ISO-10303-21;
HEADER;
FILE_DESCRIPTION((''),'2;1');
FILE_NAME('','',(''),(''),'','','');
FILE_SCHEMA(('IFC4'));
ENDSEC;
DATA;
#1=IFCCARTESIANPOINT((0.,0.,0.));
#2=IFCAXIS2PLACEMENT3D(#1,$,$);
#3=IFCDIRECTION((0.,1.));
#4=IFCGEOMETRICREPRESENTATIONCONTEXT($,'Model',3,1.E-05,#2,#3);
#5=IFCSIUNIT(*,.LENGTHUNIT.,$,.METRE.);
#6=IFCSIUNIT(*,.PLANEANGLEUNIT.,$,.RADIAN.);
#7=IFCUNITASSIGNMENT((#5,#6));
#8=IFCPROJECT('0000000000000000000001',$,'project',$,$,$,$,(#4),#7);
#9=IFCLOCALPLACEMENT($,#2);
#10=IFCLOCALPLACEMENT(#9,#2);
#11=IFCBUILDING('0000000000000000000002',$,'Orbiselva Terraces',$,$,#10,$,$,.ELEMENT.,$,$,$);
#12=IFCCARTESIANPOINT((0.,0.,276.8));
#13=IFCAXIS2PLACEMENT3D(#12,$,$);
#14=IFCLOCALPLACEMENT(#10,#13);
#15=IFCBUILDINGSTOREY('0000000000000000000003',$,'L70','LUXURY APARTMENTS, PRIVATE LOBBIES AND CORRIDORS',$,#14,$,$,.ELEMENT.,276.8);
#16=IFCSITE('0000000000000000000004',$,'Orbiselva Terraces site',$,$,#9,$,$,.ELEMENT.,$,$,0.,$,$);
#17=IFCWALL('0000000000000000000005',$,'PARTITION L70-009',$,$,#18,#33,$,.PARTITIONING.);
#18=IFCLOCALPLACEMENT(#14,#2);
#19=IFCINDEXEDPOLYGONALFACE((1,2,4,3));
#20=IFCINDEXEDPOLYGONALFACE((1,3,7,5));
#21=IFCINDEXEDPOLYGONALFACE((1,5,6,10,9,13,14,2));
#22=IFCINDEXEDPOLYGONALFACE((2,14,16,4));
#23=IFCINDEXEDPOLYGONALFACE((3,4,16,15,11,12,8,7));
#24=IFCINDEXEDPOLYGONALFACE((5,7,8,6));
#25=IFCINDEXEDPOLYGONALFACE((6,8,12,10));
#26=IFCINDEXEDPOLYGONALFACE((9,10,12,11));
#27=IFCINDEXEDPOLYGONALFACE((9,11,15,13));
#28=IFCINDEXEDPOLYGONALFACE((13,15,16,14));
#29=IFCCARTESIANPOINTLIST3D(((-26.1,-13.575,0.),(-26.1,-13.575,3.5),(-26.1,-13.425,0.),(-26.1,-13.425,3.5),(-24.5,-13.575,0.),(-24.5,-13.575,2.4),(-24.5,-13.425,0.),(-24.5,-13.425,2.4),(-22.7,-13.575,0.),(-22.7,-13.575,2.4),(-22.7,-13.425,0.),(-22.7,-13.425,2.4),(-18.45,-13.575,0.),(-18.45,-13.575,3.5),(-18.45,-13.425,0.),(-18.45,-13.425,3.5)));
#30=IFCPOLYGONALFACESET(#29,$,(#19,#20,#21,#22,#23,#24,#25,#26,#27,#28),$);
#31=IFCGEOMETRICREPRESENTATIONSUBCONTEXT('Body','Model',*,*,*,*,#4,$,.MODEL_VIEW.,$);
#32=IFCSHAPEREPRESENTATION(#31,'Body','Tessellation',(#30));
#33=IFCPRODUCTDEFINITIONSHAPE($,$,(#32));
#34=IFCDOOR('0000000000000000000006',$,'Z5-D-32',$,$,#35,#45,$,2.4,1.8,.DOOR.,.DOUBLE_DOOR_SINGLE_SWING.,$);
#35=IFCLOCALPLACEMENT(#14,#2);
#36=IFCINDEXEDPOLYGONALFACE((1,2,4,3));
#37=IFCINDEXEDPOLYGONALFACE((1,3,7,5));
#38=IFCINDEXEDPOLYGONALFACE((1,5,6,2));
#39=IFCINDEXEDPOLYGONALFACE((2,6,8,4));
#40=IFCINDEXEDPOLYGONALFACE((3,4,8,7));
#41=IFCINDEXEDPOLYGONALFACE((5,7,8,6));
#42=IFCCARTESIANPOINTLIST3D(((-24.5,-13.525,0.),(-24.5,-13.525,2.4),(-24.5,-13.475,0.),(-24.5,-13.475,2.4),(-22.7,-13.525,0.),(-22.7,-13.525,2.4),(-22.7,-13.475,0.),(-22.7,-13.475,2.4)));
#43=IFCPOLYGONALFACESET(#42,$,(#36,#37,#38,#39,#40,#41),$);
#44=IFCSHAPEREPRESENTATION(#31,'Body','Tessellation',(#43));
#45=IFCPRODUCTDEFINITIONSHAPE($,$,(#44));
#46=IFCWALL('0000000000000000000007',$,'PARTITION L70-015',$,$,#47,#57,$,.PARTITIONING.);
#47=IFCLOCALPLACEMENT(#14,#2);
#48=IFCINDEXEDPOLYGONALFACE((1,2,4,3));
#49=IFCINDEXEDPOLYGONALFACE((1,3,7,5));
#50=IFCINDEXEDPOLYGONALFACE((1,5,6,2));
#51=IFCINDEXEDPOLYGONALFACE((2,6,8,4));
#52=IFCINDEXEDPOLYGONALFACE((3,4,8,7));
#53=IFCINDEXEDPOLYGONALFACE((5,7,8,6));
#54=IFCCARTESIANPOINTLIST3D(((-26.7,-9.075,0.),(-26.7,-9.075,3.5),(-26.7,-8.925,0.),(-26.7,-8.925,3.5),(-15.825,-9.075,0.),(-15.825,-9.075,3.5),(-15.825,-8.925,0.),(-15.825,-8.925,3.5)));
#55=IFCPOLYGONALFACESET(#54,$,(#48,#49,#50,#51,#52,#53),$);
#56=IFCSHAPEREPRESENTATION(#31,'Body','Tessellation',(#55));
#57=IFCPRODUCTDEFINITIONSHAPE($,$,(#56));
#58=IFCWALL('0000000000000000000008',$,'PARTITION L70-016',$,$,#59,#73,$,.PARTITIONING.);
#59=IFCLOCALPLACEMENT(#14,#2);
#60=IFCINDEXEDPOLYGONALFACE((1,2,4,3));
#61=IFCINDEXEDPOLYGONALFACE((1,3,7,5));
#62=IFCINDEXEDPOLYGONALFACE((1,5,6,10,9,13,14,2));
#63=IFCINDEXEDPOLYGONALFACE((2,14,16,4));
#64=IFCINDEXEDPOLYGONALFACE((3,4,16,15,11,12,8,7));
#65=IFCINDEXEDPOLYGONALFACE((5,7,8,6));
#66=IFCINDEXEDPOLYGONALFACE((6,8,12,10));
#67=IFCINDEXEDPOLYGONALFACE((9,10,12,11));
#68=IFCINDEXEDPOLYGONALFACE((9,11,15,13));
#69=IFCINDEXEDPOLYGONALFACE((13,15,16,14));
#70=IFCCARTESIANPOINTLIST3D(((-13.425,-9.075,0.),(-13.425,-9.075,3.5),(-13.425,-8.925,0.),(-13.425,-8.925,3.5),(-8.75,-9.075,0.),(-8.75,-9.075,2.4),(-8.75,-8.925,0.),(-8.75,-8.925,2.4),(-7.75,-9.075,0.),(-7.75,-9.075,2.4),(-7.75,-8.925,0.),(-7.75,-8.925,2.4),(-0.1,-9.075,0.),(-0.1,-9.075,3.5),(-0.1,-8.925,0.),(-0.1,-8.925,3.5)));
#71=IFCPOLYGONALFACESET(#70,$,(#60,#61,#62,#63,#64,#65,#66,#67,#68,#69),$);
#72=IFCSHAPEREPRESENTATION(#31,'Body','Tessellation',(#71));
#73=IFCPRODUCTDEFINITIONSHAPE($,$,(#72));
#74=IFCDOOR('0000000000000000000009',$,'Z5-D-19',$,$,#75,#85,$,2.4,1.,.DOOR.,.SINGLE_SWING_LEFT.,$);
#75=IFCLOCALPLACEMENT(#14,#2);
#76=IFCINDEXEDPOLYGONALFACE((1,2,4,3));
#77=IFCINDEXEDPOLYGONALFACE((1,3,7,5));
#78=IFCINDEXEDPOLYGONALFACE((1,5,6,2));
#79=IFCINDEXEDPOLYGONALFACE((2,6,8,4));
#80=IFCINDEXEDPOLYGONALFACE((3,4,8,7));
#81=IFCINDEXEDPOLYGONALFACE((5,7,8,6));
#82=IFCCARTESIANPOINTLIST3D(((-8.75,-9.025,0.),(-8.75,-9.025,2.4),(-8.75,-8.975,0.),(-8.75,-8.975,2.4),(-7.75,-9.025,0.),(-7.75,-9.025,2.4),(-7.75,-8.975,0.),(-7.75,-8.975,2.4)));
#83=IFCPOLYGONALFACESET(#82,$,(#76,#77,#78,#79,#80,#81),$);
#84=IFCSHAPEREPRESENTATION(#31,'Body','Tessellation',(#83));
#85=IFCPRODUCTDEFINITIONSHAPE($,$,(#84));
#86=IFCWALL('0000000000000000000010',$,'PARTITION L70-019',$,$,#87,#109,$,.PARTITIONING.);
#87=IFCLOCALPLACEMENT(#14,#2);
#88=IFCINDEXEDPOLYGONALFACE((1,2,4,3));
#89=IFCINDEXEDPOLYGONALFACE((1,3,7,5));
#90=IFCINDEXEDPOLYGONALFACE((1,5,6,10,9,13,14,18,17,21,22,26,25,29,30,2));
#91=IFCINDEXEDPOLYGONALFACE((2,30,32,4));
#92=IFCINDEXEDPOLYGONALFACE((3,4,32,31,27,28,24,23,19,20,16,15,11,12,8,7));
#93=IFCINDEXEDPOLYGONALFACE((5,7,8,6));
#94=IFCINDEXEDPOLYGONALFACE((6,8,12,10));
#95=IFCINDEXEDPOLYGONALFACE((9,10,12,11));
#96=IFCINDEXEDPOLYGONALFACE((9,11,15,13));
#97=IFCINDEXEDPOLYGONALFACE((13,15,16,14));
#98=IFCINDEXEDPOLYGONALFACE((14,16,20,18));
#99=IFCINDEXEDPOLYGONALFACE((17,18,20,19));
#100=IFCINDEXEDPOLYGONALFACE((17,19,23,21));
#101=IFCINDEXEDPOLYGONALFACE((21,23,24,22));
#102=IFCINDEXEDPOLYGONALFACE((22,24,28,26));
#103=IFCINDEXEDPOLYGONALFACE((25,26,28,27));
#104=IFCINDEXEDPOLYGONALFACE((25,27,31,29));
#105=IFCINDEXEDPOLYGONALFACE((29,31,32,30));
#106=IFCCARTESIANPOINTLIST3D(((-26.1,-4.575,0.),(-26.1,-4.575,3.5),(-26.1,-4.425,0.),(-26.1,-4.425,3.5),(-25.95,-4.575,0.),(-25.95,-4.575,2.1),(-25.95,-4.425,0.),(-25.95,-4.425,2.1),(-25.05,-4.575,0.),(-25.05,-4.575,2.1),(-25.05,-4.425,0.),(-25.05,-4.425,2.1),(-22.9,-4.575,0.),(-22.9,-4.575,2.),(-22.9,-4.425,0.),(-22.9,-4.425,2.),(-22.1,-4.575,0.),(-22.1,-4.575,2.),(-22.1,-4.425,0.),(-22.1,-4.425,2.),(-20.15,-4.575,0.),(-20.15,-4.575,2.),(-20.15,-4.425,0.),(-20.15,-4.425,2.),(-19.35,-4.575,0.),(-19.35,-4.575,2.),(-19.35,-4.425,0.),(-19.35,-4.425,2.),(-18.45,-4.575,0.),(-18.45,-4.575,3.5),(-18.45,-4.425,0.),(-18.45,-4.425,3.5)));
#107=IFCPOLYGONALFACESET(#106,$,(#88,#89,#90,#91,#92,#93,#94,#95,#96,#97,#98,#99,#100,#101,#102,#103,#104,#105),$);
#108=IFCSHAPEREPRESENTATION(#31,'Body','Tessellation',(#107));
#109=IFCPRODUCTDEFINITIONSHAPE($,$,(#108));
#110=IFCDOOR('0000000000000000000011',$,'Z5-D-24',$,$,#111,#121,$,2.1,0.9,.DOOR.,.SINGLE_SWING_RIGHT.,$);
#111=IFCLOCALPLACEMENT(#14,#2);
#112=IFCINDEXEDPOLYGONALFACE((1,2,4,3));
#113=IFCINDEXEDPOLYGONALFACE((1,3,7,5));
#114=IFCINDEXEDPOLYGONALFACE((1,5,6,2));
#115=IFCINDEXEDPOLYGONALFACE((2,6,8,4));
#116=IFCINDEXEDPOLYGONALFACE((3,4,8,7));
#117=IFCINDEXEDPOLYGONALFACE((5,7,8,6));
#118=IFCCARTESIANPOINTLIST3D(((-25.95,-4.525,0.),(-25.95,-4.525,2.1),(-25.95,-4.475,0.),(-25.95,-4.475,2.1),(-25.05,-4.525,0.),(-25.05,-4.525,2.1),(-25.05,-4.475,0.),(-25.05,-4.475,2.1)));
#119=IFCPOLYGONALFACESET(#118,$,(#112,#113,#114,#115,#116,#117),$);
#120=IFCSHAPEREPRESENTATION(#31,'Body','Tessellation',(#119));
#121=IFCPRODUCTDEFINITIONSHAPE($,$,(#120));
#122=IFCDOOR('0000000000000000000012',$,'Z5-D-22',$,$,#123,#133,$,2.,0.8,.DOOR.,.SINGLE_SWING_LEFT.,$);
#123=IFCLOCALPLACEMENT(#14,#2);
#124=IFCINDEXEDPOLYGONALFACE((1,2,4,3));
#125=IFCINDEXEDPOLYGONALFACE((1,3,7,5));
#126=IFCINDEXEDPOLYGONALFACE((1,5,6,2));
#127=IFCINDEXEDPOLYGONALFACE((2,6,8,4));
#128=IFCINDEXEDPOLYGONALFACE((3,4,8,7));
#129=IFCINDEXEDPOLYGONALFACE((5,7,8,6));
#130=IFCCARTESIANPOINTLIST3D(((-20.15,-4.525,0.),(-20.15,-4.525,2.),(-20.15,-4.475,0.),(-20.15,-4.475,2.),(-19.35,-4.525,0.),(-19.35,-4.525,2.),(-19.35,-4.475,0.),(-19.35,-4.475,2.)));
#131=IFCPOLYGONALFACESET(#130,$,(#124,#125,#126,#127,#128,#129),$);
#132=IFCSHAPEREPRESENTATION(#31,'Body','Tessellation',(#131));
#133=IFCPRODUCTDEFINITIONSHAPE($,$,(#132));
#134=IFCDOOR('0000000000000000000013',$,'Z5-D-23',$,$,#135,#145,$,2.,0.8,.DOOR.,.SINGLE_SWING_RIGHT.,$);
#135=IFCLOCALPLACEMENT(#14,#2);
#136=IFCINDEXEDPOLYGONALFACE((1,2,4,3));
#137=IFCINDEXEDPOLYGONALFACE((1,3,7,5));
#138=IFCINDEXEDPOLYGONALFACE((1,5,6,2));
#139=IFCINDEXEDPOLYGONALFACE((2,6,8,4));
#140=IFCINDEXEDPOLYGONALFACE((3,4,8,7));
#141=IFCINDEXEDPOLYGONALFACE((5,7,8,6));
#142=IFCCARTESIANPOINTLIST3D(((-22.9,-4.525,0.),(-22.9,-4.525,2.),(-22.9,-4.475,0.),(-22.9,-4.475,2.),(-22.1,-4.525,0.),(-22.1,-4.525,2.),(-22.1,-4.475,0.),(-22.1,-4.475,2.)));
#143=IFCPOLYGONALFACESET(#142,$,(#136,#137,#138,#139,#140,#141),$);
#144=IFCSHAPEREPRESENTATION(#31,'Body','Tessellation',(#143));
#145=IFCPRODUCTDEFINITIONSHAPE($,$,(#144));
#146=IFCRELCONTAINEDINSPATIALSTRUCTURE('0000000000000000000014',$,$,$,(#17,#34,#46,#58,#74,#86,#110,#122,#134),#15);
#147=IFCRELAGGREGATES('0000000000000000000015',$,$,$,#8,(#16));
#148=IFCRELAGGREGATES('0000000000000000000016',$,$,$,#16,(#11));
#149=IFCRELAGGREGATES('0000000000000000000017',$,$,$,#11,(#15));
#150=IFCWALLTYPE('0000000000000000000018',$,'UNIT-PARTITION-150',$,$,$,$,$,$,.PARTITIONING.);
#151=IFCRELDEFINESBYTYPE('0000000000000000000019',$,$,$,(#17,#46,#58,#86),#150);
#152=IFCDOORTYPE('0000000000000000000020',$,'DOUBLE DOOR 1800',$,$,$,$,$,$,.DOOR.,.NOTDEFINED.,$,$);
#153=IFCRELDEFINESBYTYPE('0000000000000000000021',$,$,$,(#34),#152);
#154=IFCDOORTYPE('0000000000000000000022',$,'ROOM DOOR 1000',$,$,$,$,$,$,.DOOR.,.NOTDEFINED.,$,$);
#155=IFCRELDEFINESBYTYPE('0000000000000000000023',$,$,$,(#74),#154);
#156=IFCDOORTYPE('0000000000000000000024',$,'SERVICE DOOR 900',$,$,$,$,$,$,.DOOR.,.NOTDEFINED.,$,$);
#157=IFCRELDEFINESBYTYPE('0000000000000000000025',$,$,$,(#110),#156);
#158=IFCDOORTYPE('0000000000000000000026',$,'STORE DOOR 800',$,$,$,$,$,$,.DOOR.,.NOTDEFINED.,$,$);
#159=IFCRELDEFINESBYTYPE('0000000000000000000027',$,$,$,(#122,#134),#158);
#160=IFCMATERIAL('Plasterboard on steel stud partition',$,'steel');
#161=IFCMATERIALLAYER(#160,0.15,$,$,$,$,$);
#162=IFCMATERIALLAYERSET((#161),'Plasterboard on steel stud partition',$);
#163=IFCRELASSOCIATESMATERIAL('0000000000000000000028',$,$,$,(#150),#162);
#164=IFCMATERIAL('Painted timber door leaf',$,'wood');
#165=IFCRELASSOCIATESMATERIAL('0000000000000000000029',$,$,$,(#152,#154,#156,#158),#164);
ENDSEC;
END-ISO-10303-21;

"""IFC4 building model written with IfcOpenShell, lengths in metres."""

from ifc_helpers import new_model, si_unit, direction, frame, frame_2d, origin, place, context, subcontext, project, spatial, rectangle, extrude, material, layer, layer_set, type_object, element, fill, save


model = new_model("IFC4")

# Units and contexts
model_context = context("Model", 3, precision=1e-05, world=origin(), true_north=direction((0.0, 1.0)))
body_context = subcontext(model_context, "Body", "Model", "MODEL_VIEW")
ifc_project = project(units=[si_unit("LENGTHUNIT", "METRE"), si_unit("PLANEANGLEUNIT", "RADIAN")], contexts=[model_context])

# Site, building, storey
site_placement = place(None, origin())
site = spatial("IfcSite", under=ifc_project, at=site_placement, Name="Orbiselva Terraces site", CompositionType="ELEMENT", RefElevation=0.0)
building_placement = place(site_placement, origin())
building = spatial("IfcBuilding", under=site, at=building_placement, Name="Orbiselva Terraces", CompositionType="ELEMENT")
storey_placement = place(building_placement, frame((0.0, 0.0, 276.8)))
storey = spatial("IfcBuildingStorey", under=building, at=storey_placement, Name="L70", Description="LUXURY APARTMENTS, PRIVATE LOBBIES AND CORRIDORS", CompositionType="ELEMENT", Elevation=276.8)

# Shared definitions
ifc_material_1 = material(Name="Plasterboard on steel stud partition", Category="steel")

# Wall, opening, door
ifc_layer_1 = layer(ifc_material_1, 0.15)
ifc_layer_set_1 = layer_set([ifc_layer_1], Name="Plasterboard on steel stud partition")
wall_type_1 = type_object("IfcWallType", Name="UNIT-PARTITION-150", PredefinedType="PARTITIONING", material=ifc_layer_set_1)
wall_1_placement = place(storey_placement, frame((-18.45, -13.5, 0.0), z_axis=(0.0, 0.0, 1.0), x_axis=(-1.0, 0.0, 0.0)))
wall_1 = element("IfcWall", 1, at=wall_1_placement, inside=storey, type_object=wall_type_1, Name="PARTITION L70-009", PredefinedType="PARTITIONING", context=body_context, shape_type="SweptSolid", body=[
    extrude(rectangle(XDim=7.65, YDim=0.15, at=frame_2d((3.825, 0.0))), origin(), (0.0, 0.0, 1.0), 3.5),
])
opening_1_placement = place(wall_1_placement, frame((4.25, 0.0, 0.0)))
opening_1 = element("IfcOpeningElement", 2, at=opening_1_placement, cuts=wall_1, PredefinedType="OPENING", context=body_context, shape_type="SweptSolid", body=[
    extrude(rectangle(XDim=1.8, YDim=2.4, at=frame_2d((0.9, 1.2))), frame((0.0, 0.085, 0.0), z_axis=(0.0, -1.0, 0.0), x_axis=(1.0, 0.0, 0.0)), (0.0, 0.0, 1.0), 0.17),
])
ifc_material_2 = material(Name="Painted timber door leaf", Category="wood")
door_type_1 = type_object("IfcDoorType", Name="DOUBLE DOOR 1800", OperationType="NOTDEFINED", PredefinedType="DOOR", material=ifc_material_2)
door_1_placement = place(opening_1_placement, origin())
door_1 = element("IfcDoor", 3, at=door_1_placement, inside=storey, type_object=door_type_1, Name="Z5-D-32", OperationType="DOUBLE_DOOR_SINGLE_SWING", OverallHeight=2.4, OverallWidth=1.8, PredefinedType="DOOR", context=body_context, shape_type="SweptSolid", body=[
    extrude(rectangle(XDim=1.8, YDim=2.4, at=frame_2d((0.9, 1.2))), frame((0.0, 0.025, 0.0), z_axis=(0.0, -1.0, 0.0), x_axis=(1.0, 0.0, 0.0)), (0.0, 0.0, 1.0), 0.05),
])
fill(opening_1, door_1)

# Wall
wall_2_placement = place(storey_placement, frame((-26.7, -9.0, 0.0), z_axis=(0.0, 0.0, 1.0), x_axis=(1.0, 0.0, 0.0)))
element("IfcWall", 4, at=wall_2_placement, inside=storey, type_object=wall_type_1, Name="PARTITION L70-015", PredefinedType="PARTITIONING", context=body_context, shape_type="SweptSolid", body=[
    extrude(rectangle(XDim=10.875, YDim=0.15, at=frame_2d((5.4375, 0.0))), origin(), (0.0, 0.0, 1.0), 3.5),
])

# Wall, opening, door
wall_3_placement = place(storey_placement, frame((-13.425, -9.0, 0.0), z_axis=(0.0, 0.0, 1.0), x_axis=(1.0, 0.0, 0.0)))
wall_3 = element("IfcWall", 5, at=wall_3_placement, inside=storey, type_object=wall_type_1, Name="PARTITION L70-016", PredefinedType="PARTITIONING", context=body_context, shape_type="SweptSolid", body=[
    extrude(rectangle(XDim=13.325, YDim=0.15, at=frame_2d((6.6625, 0.0))), origin(), (0.0, 0.0, 1.0), 3.5),
])
opening_2_placement = place(wall_3_placement, frame((4.675, 0.0, 0.0)))
opening_2 = element("IfcOpeningElement", 6, at=opening_2_placement, cuts=wall_3, PredefinedType="OPENING", context=body_context, shape_type="SweptSolid", body=[
    extrude(rectangle(XDim=1.0, YDim=2.4, at=frame_2d((0.5, 1.2))), frame((0.0, 0.085, 0.0), z_axis=(0.0, -1.0, 0.0), x_axis=(1.0, 0.0, 0.0)), (0.0, 0.0, 1.0), 0.17),
])
door_type_2 = type_object("IfcDoorType", Name="ROOM DOOR 1000", OperationType="NOTDEFINED", PredefinedType="DOOR", material=ifc_material_2)
door_2_placement = place(opening_2_placement, origin())
door_2 = element("IfcDoor", 7, at=door_2_placement, inside=storey, type_object=door_type_2, Name="Z5-D-19", OperationType="SINGLE_SWING_LEFT", OverallHeight=2.4, OverallWidth=1.0, PredefinedType="DOOR", context=body_context, shape_type="SweptSolid", body=[
    extrude(rectangle(XDim=1.0, YDim=2.4, at=frame_2d((0.5, 1.2))), frame((0.0, 0.025, 0.0), z_axis=(0.0, -1.0, 0.0), x_axis=(1.0, 0.0, 0.0)), (0.0, 0.0, 1.0), 0.05),
])
fill(opening_2, door_2)

# Wall, openings, doors
wall_4_placement = place(storey_placement, frame((-18.45, -4.5, 0.0), z_axis=(0.0, 0.0, 1.0), x_axis=(-1.0, 0.0, 0.0)))
wall_4 = element("IfcWall", 8, at=wall_4_placement, inside=storey, type_object=wall_type_1, Name="PARTITION L70-019", PredefinedType="PARTITIONING", context=body_context, shape_type="SweptSolid", body=[
    extrude(rectangle(XDim=7.65, YDim=0.15, at=frame_2d((3.825, 0.0))), origin(), (0.0, 0.0, 1.0), 3.5),
])
opening_3_placement = place(wall_4_placement, frame((0.9, 0.0, 0.0)))
opening_3 = element("IfcOpeningElement", 9, at=opening_3_placement, cuts=wall_4, PredefinedType="OPENING", context=body_context, shape_type="SweptSolid", body=[
    extrude(rectangle(XDim=0.8, YDim=2.0, at=frame_2d((0.4, 1.0))), frame((0.0, 0.085, 0.0), z_axis=(0.0, -1.0, 0.0), x_axis=(1.0, 0.0, 0.0)), (0.0, 0.0, 1.0), 0.17),
])
opening_4_placement = place(wall_4_placement, frame((3.65, 0.0, 0.0)))
opening_4 = element("IfcOpeningElement", 10, at=opening_4_placement, cuts=wall_4, PredefinedType="OPENING", context=body_context, shape_type="SweptSolid", body=[
    extrude(rectangle(XDim=0.8, YDim=2.0, at=frame_2d((0.4, 1.0))), frame((0.0, 0.085, 0.0), z_axis=(0.0, -1.0, 0.0), x_axis=(1.0, 0.0, 0.0)), (0.0, 0.0, 1.0), 0.17),
])
opening_5_placement = place(wall_4_placement, frame((6.6, 0.0, 0.0)))
opening_5 = element("IfcOpeningElement", 11, at=opening_5_placement, cuts=wall_4, PredefinedType="OPENING", context=body_context, shape_type="SweptSolid", body=[
    extrude(rectangle(XDim=0.9, YDim=2.1, at=frame_2d((0.45, 1.05))), frame((0.0, 0.085, 0.0), z_axis=(0.0, -1.0, 0.0), x_axis=(1.0, 0.0, 0.0)), (0.0, 0.0, 1.0), 0.17),
])
door_type_3 = type_object("IfcDoorType", Name="SERVICE DOOR 900", OperationType="NOTDEFINED", PredefinedType="DOOR", material=ifc_material_2)
door_3_placement = place(opening_5_placement, origin())
door_3 = element("IfcDoor", 12, at=door_3_placement, inside=storey, type_object=door_type_3, Name="Z5-D-24", OperationType="SINGLE_SWING_RIGHT", OverallHeight=2.1, OverallWidth=0.9, PredefinedType="DOOR", context=body_context, shape_type="SweptSolid", body=[
    extrude(rectangle(XDim=0.9, YDim=2.1, at=frame_2d((0.45, 1.05))), frame((0.0, 0.025, 0.0), z_axis=(0.0, -1.0, 0.0), x_axis=(1.0, 0.0, 0.0)), (0.0, 0.0, 1.0), 0.05),
])
fill(opening_5, door_3)
door_type_4 = type_object("IfcDoorType", Name="STORE DOOR 800", OperationType="NOTDEFINED", PredefinedType="DOOR", material=ifc_material_2)
door_4_placement = place(opening_3_placement, origin())
door_4 = element("IfcDoor", 13, at=door_4_placement, inside=storey, type_object=door_type_4, Name="Z5-D-22", OperationType="SINGLE_SWING_LEFT", OverallHeight=2.0, OverallWidth=0.8, PredefinedType="DOOR", context=body_context, shape_type="SweptSolid", body=[
    extrude(rectangle(XDim=0.8, YDim=2.0, at=frame_2d((0.4, 1.0))), frame((0.0, 0.025, 0.0), z_axis=(0.0, -1.0, 0.0), x_axis=(1.0, 0.0, 0.0)), (0.0, 0.0, 1.0), 0.05),
])
fill(opening_3, door_4)
door_5_placement = place(opening_4_placement, origin())
door_5 = element("IfcDoor", 14, at=door_5_placement, inside=storey, type_object=door_type_4, Name="Z5-D-23", OperationType="SINGLE_SWING_RIGHT", OverallHeight=2.0, OverallWidth=0.8, PredefinedType="DOOR", context=body_context, shape_type="SweptSolid", body=[
    extrude(rectangle(XDim=0.8, YDim=2.0, at=frame_2d((0.4, 1.0))), frame((0.0, 0.025, 0.0), z_axis=(0.0, -1.0, 0.0), x_axis=(1.0, 0.0, 0.0)), (0.0, 0.0, 1.0), 0.05),
])
fill(opening_4, door_5)

save(model, "model.ifc")
